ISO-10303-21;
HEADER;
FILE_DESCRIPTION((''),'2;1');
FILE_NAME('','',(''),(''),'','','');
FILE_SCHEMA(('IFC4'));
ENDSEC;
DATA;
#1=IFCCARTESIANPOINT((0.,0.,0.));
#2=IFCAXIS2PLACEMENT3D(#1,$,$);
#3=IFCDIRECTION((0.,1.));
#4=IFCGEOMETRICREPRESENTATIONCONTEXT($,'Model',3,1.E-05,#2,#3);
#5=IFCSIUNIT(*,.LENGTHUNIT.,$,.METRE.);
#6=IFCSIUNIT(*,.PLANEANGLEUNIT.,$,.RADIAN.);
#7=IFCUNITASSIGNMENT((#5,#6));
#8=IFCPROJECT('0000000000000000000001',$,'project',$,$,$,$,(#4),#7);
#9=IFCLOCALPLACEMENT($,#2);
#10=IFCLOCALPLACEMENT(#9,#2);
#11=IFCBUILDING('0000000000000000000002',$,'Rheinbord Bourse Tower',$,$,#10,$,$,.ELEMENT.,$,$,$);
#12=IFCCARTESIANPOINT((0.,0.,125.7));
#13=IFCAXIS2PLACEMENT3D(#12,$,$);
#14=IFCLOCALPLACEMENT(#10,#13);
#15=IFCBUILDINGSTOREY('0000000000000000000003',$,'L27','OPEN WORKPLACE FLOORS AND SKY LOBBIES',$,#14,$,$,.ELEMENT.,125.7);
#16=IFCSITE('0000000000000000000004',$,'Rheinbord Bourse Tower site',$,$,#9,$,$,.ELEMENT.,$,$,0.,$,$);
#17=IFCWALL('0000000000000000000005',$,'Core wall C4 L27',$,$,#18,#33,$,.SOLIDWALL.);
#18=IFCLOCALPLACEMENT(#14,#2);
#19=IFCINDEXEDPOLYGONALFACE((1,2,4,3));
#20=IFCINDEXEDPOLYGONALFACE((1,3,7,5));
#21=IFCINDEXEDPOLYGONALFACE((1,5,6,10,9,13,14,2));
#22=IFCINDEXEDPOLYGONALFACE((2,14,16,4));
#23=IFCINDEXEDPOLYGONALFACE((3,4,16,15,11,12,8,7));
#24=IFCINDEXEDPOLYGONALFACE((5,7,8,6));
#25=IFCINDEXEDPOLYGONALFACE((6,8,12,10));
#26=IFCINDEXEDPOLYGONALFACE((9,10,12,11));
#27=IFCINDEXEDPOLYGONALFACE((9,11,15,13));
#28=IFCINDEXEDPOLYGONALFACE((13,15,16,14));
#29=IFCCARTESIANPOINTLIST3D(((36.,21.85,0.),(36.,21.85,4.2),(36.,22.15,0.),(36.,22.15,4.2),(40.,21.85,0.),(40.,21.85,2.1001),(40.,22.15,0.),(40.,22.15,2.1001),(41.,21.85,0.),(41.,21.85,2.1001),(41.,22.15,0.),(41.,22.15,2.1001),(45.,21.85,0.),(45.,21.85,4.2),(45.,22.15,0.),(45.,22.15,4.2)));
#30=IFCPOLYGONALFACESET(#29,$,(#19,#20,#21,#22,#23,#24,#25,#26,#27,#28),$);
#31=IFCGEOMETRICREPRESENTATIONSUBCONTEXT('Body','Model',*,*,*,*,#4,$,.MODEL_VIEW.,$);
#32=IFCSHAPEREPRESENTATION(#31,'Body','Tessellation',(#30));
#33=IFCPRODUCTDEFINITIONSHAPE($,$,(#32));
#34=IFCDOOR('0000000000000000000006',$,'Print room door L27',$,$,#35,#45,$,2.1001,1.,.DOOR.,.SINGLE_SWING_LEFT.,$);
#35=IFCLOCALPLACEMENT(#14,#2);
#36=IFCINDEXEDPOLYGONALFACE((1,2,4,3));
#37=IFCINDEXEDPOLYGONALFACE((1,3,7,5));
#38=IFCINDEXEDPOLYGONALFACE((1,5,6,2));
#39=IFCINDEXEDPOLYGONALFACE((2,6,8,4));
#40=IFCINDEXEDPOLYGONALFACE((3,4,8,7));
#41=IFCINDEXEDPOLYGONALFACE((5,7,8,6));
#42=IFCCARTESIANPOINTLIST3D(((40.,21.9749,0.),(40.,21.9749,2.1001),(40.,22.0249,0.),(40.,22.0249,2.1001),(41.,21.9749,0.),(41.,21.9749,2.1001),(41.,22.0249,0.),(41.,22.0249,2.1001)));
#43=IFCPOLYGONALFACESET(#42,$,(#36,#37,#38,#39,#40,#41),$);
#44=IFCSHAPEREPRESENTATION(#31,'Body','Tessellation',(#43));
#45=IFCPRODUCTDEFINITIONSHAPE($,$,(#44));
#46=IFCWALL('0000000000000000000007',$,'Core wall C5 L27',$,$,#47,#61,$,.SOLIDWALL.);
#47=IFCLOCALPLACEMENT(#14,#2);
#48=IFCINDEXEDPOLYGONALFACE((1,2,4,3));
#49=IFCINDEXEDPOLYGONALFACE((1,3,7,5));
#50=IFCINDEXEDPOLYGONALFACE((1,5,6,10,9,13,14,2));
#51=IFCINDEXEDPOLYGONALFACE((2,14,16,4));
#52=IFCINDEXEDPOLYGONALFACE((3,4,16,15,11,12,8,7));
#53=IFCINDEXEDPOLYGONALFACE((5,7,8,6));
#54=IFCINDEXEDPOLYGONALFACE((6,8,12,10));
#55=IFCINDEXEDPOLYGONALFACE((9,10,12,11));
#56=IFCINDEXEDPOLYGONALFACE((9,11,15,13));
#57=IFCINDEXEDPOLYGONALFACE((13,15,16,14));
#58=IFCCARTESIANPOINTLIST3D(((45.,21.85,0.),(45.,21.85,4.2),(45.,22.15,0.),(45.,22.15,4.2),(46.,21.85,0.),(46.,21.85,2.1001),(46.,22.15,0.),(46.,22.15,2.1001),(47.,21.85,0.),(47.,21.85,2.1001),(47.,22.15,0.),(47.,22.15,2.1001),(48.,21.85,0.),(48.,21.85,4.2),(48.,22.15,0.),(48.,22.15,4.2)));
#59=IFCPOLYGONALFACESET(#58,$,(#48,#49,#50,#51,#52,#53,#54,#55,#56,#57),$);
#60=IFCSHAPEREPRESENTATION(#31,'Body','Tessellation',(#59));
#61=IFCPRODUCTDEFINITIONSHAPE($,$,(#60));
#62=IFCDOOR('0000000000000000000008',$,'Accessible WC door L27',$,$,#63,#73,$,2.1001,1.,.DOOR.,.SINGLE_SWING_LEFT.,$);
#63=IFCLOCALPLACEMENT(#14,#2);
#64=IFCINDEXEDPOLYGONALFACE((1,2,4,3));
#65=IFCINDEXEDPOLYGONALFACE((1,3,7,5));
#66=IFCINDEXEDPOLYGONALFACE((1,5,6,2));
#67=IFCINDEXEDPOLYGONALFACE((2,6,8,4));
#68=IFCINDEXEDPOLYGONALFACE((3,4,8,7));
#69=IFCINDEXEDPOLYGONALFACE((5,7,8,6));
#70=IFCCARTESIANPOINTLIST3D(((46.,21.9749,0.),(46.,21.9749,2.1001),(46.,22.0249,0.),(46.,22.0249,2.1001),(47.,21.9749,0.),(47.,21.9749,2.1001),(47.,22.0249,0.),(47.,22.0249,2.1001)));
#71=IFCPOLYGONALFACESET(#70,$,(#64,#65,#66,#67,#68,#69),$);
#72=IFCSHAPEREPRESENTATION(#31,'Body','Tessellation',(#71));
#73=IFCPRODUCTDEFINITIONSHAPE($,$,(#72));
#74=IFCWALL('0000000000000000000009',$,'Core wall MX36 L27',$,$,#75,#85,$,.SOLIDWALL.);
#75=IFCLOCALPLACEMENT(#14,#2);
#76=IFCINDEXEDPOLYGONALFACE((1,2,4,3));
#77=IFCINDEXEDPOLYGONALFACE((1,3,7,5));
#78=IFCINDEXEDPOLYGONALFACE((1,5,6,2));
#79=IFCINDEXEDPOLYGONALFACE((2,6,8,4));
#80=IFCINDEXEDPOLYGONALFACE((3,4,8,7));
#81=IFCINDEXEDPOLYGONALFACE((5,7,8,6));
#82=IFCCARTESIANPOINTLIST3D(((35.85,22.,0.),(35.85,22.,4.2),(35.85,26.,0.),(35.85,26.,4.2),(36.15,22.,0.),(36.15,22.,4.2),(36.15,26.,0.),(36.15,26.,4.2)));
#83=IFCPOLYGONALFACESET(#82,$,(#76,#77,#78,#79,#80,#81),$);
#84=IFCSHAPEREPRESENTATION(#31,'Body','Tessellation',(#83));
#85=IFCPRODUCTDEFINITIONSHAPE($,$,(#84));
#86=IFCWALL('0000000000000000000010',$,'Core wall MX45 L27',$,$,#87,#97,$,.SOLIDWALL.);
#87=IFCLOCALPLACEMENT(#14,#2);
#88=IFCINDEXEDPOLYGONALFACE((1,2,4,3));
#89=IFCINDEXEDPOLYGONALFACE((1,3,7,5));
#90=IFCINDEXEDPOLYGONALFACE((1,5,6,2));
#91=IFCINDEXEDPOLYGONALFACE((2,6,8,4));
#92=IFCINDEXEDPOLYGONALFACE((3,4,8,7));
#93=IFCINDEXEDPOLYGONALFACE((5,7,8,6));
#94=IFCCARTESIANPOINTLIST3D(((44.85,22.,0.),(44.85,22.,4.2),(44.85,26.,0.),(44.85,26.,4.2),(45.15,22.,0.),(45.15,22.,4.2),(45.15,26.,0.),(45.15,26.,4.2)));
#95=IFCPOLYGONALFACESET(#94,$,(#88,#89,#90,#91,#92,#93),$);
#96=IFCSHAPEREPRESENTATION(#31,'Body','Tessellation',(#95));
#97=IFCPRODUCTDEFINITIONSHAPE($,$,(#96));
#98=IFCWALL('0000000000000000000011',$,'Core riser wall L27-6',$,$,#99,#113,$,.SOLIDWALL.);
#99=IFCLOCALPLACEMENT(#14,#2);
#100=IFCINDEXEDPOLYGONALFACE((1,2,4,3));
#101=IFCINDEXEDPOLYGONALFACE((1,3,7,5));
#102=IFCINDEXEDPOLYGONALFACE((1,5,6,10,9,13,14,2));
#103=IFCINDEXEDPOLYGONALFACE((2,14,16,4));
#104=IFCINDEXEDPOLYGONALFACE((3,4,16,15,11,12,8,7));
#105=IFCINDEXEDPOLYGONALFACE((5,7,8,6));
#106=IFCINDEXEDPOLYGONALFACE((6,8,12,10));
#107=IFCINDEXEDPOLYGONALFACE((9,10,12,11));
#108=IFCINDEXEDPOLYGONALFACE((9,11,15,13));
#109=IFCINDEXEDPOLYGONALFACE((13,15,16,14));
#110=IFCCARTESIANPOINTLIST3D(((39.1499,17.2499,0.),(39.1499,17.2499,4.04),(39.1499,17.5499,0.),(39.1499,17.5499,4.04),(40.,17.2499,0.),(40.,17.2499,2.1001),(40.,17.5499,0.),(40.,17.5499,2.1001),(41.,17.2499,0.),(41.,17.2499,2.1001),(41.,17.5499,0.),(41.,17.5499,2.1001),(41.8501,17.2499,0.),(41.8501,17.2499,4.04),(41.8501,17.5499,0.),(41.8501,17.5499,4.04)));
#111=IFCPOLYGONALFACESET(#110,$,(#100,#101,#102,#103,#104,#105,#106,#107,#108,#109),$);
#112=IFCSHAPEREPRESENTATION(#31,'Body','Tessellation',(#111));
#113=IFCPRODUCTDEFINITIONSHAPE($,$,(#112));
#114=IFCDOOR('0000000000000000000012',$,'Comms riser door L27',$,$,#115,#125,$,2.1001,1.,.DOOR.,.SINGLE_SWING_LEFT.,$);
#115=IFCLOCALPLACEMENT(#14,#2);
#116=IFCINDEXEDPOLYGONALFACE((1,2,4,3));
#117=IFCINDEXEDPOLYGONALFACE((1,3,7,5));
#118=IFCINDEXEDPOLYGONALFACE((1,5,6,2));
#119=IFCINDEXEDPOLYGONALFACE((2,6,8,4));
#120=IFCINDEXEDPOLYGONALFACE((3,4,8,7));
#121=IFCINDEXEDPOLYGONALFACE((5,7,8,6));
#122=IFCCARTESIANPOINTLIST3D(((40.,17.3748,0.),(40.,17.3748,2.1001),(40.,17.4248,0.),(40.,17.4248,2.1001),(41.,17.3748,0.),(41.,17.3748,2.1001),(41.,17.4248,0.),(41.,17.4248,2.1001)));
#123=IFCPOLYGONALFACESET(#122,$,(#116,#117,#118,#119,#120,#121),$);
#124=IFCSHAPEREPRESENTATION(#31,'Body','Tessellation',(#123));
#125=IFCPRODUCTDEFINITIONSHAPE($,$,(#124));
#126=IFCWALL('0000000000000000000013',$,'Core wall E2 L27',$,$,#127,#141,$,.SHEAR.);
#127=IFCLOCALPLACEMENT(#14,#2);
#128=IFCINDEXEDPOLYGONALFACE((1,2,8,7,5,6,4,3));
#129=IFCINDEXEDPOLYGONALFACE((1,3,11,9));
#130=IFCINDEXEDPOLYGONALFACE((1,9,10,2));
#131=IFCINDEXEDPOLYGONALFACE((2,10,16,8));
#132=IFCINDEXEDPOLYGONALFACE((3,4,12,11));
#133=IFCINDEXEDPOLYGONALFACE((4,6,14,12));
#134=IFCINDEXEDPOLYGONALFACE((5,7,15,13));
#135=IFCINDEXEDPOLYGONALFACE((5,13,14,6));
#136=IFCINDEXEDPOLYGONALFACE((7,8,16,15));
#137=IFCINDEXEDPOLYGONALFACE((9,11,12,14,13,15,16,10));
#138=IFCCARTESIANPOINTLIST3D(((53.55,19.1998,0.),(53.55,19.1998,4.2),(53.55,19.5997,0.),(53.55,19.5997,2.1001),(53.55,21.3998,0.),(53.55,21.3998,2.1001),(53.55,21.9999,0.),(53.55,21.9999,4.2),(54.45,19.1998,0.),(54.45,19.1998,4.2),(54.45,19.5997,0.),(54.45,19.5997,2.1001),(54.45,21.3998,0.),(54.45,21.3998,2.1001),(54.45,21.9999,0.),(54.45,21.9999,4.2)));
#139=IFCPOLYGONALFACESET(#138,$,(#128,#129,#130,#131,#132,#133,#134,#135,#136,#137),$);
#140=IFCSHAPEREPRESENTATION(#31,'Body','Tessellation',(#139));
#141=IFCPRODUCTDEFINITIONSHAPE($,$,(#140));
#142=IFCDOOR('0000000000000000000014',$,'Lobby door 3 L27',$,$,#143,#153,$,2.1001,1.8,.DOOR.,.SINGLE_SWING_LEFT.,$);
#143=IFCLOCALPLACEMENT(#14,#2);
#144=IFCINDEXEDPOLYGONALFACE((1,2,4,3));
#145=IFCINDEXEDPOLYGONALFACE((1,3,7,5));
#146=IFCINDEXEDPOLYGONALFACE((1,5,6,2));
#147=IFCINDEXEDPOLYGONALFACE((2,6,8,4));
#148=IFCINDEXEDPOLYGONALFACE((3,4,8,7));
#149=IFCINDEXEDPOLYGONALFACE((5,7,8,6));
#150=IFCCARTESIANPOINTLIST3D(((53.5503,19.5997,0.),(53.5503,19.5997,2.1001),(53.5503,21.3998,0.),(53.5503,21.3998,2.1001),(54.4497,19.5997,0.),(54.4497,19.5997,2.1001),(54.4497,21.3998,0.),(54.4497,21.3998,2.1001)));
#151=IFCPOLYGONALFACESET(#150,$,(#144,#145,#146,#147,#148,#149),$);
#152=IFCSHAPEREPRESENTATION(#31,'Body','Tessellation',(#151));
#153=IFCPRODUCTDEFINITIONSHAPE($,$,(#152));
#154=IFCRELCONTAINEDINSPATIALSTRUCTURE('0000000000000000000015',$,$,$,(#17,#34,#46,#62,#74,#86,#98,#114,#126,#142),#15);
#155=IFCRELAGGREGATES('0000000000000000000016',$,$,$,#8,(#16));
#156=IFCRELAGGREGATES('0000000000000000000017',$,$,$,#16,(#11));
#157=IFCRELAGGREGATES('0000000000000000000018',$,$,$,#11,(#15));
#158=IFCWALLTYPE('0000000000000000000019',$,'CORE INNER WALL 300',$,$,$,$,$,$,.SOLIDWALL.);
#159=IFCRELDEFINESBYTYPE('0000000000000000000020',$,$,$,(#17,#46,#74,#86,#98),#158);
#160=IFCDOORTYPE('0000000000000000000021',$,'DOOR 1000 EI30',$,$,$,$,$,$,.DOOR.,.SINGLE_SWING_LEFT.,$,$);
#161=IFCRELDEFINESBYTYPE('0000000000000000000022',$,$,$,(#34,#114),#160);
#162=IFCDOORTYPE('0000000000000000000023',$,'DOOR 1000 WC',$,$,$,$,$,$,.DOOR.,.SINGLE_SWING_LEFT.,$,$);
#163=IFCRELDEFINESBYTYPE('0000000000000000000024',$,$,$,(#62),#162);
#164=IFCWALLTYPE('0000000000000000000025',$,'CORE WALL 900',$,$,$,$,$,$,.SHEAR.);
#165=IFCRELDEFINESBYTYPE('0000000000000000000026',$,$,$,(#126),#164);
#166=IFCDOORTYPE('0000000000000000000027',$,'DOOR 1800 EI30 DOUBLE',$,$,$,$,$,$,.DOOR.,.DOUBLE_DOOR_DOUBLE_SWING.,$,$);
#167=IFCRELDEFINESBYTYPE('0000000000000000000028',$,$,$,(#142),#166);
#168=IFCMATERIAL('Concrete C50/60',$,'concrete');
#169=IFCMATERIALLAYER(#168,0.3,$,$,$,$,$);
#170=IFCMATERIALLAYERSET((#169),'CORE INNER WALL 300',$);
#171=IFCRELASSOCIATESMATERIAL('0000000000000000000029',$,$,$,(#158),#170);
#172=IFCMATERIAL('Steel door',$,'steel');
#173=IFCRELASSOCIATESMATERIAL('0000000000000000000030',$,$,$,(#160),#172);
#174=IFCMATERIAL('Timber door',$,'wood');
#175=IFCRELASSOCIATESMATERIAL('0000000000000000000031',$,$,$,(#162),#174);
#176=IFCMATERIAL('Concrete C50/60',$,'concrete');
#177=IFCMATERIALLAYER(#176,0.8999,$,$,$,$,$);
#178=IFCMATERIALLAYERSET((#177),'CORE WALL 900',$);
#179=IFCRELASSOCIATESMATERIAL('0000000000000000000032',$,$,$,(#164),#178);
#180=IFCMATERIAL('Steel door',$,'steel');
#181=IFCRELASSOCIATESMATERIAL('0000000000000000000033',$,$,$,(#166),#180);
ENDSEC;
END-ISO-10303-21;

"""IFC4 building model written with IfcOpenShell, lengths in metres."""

from ifc_helpers import new_model, si_unit, direction, frame, frame_2d, origin, place, context, subcontext, project, spatial, rectangle, extrude, material, layer, layer_set, type_object, element, fill, save


model = new_model("IFC4")

# Units and contexts
model_context = context("Model", 3, precision=1e-05, world=origin(), true_north=direction((0.0, 1.0)))
body_context = subcontext(model_context, "Body", "Model", "MODEL_VIEW")
ifc_project = project(units=[si_unit("LENGTHUNIT", "METRE"), si_unit("PLANEANGLEUNIT", "RADIAN")], contexts=[model_context])

# Site, building, storey
site_placement = place(None, origin())
site = spatial("IfcSite", under=ifc_project, at=site_placement, Name="Rheinbord Bourse Tower site", CompositionType="ELEMENT", RefElevation=0.0)
building_placement = place(site_placement, origin())
building = spatial("IfcBuilding", under=site, at=building_placement, Name="Rheinbord Bourse Tower", CompositionType="ELEMENT")
storey_placement = place(building_placement, frame((0.0, 0.0, 125.7)))
storey = spatial("IfcBuildingStorey", under=building, at=storey_placement, Name="L27", Description="OPEN WORKPLACE FLOORS AND SKY LOBBIES", CompositionType="ELEMENT", Elevation=125.7)

# Shared definitions
ifc_material_1 = material(Name="Concrete C50/60", Category="concrete")
ifc_layer_1 = layer(ifc_material_1, 0.3)
ifc_layer_set_1 = layer_set([ifc_layer_1], Name="CORE INNER WALL 300")
wall_type_1 = type_object("IfcWallType", Name="CORE INNER WALL 300", PredefinedType="SOLIDWALL", material=ifc_layer_set_1)
ifc_material_2 = material(Name="Steel door", Category="steel")
door_type_1 = type_object("IfcDoorType", Name="DOOR 1000 EI30", OperationType="SINGLE_SWING_LEFT", PredefinedType="DOOR", material=ifc_material_2)

# Walls, openings, doors
wall_1_placement = place(storey_placement, frame((36.0, 22.0, 0.0), z_axis=(0.0, 0.0, 1.0), x_axis=(1.0, 0.0, 0.0)))
wall_1 = element("IfcWall", 1, at=wall_1_placement, inside=storey, type_object=wall_type_1, Name="Core wall C4 L27", PredefinedType="SOLIDWALL", context=body_context, shape_type="SweptSolid", body=[
    extrude(rectangle(XDim=9.0, YDim=0.3, at=frame_2d((4.5, 0.0))), origin(), (0.0, 0.0, 1.0), 4.2),
])
opening_1_placement = place(wall_1_placement, frame((4.0, 0.0, 0.0)))
opening_1 = element("IfcOpeningElement", 2, at=opening_1_placement, cuts=wall_1, PredefinedType="OPENING", context=body_context, shape_type="SweptSolid", body=[
    extrude(rectangle(XDim=1.0, YDim=2.1001, at=frame_2d((0.5, 1.05))), frame((0.0, 0.1599, 0.0), z_axis=(0.0, -1.0, 0.0), x_axis=(1.0, 0.0, 0.0)), (0.0, 0.0, 1.0), 0.3201),
])
door_1_placement = place(opening_1_placement, origin())
door_1 = element("IfcDoor", 3, at=door_1_placement, inside=storey, type_object=door_type_1, Name="Print room door L27", OperationType="SINGLE_SWING_LEFT", OverallHeight=2.1001, OverallWidth=1.0, PredefinedType="DOOR", context=body_context, shape_type="SweptSolid", body=[
    extrude(rectangle(XDim=1.0, YDim=2.1001, at=frame_2d((0.5, 1.05))), frame((0.0, 0.0249, 0.0), z_axis=(0.0, -1.0, 0.0), x_axis=(1.0, 0.0, 0.0)), (0.0, 0.0, 1.0), 0.05),
])
fill(opening_1, door_1)
wall_2_placement = place(storey_placement, frame((45.0, 22.0, 0.0), z_axis=(0.0, 0.0, 1.0), x_axis=(1.0, 0.0, 0.0)))
wall_2 = element("IfcWall", 4, at=wall_2_placement, inside=storey, type_object=wall_type_1, Name="Core wall C5 L27", PredefinedType="SOLIDWALL", context=body_context, shape_type="SweptSolid", body=[
    extrude(rectangle(XDim=3.0, YDim=0.3, at=frame_2d((1.5, 0.0))), origin(), (0.0, 0.0, 1.0), 4.2),
])
opening_2_placement = place(wall_2_placement, frame((1.0, 0.0, 0.0)))
opening_2 = element("IfcOpeningElement", 5, at=opening_2_placement, cuts=wall_2, PredefinedType="OPENING", context=body_context, shape_type="SweptSolid", body=[
    extrude(rectangle(XDim=1.0, YDim=2.1001, at=frame_2d((0.5, 1.05))), frame((0.0, 0.1599, 0.0), z_axis=(0.0, -1.0, 0.0), x_axis=(1.0, 0.0, 0.0)), (0.0, 0.0, 1.0), 0.3201),
])
ifc_material_3 = material(Name="Timber door", Category="wood")
door_type_2 = type_object("IfcDoorType", Name="DOOR 1000 WC", OperationType="SINGLE_SWING_LEFT", PredefinedType="DOOR", material=ifc_material_3)
door_2_placement = place(opening_2_placement, origin())
door_2 = element("IfcDoor", 6, at=door_2_placement, inside=storey, type_object=door_type_2, Name="Accessible WC door L27", OperationType="SINGLE_SWING_LEFT", OverallHeight=2.1001, OverallWidth=1.0, PredefinedType="DOOR", context=body_context, shape_type="SweptSolid", body=[
    extrude(rectangle(XDim=1.0, YDim=2.1001, at=frame_2d((0.5, 1.05))), frame((0.0, 0.0249, 0.0), z_axis=(0.0, -1.0, 0.0), x_axis=(1.0, 0.0, 0.0)), (0.0, 0.0, 1.0), 0.05),
])
fill(opening_2, door_2)

# Walls
for number, where, z_axis, x_axis, name in (
    (7, (36.0, 22.0, 0.0), (0.0, 0.0, 1.0), (0.0, 1.0, 0.0), "Core wall MX36 L27"),
    (8, (45.0, 22.0, 0.0), (0.0, 0.0, 1.0), (0.0, 1.0, 0.0), "Core wall MX45 L27"),
):
    element("IfcWall", number, at=place(storey_placement, frame(where, z_axis=z_axis, x_axis=x_axis)), inside=storey, type_object=wall_type_1, Name=name, PredefinedType="SOLIDWALL", context=body_context, shape_type="SweptSolid", body=[
        extrude(rectangle(XDim=4.0, YDim=0.3, at=frame_2d((2.0, 0.0))), origin(), (0.0, 0.0, 1.0), 4.2),
    ])

# Walls, openings, doors
wall_3_placement = place(storey_placement, frame((39.1499, 17.3999, 0.0), z_axis=(0.0, 0.0, 1.0), x_axis=(1.0, 0.0, 0.0)))
wall_3 = element("IfcWall", 9, at=wall_3_placement, inside=storey, type_object=wall_type_1, Name="Core riser wall L27-6", PredefinedType="SOLIDWALL", context=body_context, shape_type="SweptSolid", body=[
    extrude(rectangle(XDim=2.7002, YDim=0.3, at=frame_2d((1.3501, 0.0))), origin(), (0.0, 0.0, 1.0), 4.04),
])
opening_3_placement = place(wall_3_placement, frame((0.8501, 0.0, 0.0)))
opening_3 = element("IfcOpeningElement", 10, at=opening_3_placement, cuts=wall_3, PredefinedType="OPENING", context=body_context, shape_type="SweptSolid", body=[
    extrude(rectangle(XDim=1.0, YDim=2.1001, at=frame_2d((0.5, 1.05))), frame((0.0, 0.1599, 0.0), z_axis=(0.0, -1.0, 0.0), x_axis=(1.0, 0.0, 0.0)), (0.0, 0.0, 1.0), 0.3201),
])
door_3_placement = place(opening_3_placement, origin())
door_3 = element("IfcDoor", 11, at=door_3_placement, inside=storey, type_object=door_type_1, Name="Comms riser door L27", OperationType="SINGLE_SWING_LEFT", OverallHeight=2.1001, OverallWidth=1.0, PredefinedType="DOOR", context=body_context, shape_type="SweptSolid", body=[
    extrude(rectangle(XDim=1.0, YDim=2.1001, at=frame_2d((0.5, 1.05))), frame((0.0, 0.0249, 0.0), z_axis=(0.0, -1.0, 0.0), x_axis=(1.0, 0.0, 0.0)), (0.0, 0.0, 1.0), 0.05),
])
fill(opening_3, door_3)
ifc_material_4 = material(Name="Concrete C50/60", Category="concrete")
ifc_layer_2 = layer(ifc_material_4, 0.8999)
ifc_layer_set_2 = layer_set([ifc_layer_2], Name="CORE WALL 900")
wall_type_2 = type_object("IfcWallType", Name="CORE WALL 900", PredefinedType="SHEAR", material=ifc_layer_set_2)
wall_4_placement = place(storey_placement, frame((54.0, 19.2, 0.0), z_axis=(0.0, 0.0, 1.0), x_axis=(0.0, 1.0, 0.0)))
wall_4 = element("IfcWall", 12, at=wall_4_placement, inside=storey, type_object=wall_type_2, Name="Core wall E2 L27", PredefinedType="SHEAR", context=body_context, shape_type="SweptSolid", body=[
    extrude(rectangle(XDim=2.8, YDim=0.8999, at=frame_2d((1.3999, 0.0))), origin(), (0.0, 0.0, 1.0), 4.2),
])
opening_4_placement = place(wall_4_placement, frame((0.3999, 0.0, 0.0)))
opening_4 = element("IfcOpeningElement", 13, at=opening_4_placement, cuts=wall_4, PredefinedType="OPENING", context=body_context, shape_type="SweptSolid", body=[
    extrude(rectangle(XDim=1.8, YDim=2.1001, at=frame_2d((0.8999, 1.05))), frame((0.0, 0.46, 0.0), z_axis=(0.0, -1.0, 0.0), x_axis=(1.0, 0.0, 0.0)), (0.0, 0.0, 1.0), 0.9199),
])
ifc_material_5 = material(Name="Steel door", Category="steel")
door_type_3 = type_object("IfcDoorType", Name="DOOR 1800 EI30 DOUBLE", OperationType="DOUBLE_DOOR_DOUBLE_SWING", PredefinedType="DOOR", material=ifc_material_5)
door_4_placement = place(opening_4_placement, origin())
door_4 = element("IfcDoor", 14, at=door_4_placement, inside=storey, type_object=door_type_3, Name="Lobby door 3 L27", OperationType="SINGLE_SWING_LEFT", OverallHeight=2.1001, OverallWidth=1.8, PredefinedType="DOOR", context=body_context, shape_type="SweptSolid", body=[
    extrude(rectangle(XDim=1.8, YDim=2.1001, at=frame_2d((0.8999, 1.05))), frame((0.0, 0.4497, 0.0), z_axis=(0.0, -1.0, 0.0), x_axis=(1.0, 0.0, 0.0)), (0.0, 0.0, 1.0), 0.8994),
])
fill(opening_4, door_4)

save(model, "model.ifc")
